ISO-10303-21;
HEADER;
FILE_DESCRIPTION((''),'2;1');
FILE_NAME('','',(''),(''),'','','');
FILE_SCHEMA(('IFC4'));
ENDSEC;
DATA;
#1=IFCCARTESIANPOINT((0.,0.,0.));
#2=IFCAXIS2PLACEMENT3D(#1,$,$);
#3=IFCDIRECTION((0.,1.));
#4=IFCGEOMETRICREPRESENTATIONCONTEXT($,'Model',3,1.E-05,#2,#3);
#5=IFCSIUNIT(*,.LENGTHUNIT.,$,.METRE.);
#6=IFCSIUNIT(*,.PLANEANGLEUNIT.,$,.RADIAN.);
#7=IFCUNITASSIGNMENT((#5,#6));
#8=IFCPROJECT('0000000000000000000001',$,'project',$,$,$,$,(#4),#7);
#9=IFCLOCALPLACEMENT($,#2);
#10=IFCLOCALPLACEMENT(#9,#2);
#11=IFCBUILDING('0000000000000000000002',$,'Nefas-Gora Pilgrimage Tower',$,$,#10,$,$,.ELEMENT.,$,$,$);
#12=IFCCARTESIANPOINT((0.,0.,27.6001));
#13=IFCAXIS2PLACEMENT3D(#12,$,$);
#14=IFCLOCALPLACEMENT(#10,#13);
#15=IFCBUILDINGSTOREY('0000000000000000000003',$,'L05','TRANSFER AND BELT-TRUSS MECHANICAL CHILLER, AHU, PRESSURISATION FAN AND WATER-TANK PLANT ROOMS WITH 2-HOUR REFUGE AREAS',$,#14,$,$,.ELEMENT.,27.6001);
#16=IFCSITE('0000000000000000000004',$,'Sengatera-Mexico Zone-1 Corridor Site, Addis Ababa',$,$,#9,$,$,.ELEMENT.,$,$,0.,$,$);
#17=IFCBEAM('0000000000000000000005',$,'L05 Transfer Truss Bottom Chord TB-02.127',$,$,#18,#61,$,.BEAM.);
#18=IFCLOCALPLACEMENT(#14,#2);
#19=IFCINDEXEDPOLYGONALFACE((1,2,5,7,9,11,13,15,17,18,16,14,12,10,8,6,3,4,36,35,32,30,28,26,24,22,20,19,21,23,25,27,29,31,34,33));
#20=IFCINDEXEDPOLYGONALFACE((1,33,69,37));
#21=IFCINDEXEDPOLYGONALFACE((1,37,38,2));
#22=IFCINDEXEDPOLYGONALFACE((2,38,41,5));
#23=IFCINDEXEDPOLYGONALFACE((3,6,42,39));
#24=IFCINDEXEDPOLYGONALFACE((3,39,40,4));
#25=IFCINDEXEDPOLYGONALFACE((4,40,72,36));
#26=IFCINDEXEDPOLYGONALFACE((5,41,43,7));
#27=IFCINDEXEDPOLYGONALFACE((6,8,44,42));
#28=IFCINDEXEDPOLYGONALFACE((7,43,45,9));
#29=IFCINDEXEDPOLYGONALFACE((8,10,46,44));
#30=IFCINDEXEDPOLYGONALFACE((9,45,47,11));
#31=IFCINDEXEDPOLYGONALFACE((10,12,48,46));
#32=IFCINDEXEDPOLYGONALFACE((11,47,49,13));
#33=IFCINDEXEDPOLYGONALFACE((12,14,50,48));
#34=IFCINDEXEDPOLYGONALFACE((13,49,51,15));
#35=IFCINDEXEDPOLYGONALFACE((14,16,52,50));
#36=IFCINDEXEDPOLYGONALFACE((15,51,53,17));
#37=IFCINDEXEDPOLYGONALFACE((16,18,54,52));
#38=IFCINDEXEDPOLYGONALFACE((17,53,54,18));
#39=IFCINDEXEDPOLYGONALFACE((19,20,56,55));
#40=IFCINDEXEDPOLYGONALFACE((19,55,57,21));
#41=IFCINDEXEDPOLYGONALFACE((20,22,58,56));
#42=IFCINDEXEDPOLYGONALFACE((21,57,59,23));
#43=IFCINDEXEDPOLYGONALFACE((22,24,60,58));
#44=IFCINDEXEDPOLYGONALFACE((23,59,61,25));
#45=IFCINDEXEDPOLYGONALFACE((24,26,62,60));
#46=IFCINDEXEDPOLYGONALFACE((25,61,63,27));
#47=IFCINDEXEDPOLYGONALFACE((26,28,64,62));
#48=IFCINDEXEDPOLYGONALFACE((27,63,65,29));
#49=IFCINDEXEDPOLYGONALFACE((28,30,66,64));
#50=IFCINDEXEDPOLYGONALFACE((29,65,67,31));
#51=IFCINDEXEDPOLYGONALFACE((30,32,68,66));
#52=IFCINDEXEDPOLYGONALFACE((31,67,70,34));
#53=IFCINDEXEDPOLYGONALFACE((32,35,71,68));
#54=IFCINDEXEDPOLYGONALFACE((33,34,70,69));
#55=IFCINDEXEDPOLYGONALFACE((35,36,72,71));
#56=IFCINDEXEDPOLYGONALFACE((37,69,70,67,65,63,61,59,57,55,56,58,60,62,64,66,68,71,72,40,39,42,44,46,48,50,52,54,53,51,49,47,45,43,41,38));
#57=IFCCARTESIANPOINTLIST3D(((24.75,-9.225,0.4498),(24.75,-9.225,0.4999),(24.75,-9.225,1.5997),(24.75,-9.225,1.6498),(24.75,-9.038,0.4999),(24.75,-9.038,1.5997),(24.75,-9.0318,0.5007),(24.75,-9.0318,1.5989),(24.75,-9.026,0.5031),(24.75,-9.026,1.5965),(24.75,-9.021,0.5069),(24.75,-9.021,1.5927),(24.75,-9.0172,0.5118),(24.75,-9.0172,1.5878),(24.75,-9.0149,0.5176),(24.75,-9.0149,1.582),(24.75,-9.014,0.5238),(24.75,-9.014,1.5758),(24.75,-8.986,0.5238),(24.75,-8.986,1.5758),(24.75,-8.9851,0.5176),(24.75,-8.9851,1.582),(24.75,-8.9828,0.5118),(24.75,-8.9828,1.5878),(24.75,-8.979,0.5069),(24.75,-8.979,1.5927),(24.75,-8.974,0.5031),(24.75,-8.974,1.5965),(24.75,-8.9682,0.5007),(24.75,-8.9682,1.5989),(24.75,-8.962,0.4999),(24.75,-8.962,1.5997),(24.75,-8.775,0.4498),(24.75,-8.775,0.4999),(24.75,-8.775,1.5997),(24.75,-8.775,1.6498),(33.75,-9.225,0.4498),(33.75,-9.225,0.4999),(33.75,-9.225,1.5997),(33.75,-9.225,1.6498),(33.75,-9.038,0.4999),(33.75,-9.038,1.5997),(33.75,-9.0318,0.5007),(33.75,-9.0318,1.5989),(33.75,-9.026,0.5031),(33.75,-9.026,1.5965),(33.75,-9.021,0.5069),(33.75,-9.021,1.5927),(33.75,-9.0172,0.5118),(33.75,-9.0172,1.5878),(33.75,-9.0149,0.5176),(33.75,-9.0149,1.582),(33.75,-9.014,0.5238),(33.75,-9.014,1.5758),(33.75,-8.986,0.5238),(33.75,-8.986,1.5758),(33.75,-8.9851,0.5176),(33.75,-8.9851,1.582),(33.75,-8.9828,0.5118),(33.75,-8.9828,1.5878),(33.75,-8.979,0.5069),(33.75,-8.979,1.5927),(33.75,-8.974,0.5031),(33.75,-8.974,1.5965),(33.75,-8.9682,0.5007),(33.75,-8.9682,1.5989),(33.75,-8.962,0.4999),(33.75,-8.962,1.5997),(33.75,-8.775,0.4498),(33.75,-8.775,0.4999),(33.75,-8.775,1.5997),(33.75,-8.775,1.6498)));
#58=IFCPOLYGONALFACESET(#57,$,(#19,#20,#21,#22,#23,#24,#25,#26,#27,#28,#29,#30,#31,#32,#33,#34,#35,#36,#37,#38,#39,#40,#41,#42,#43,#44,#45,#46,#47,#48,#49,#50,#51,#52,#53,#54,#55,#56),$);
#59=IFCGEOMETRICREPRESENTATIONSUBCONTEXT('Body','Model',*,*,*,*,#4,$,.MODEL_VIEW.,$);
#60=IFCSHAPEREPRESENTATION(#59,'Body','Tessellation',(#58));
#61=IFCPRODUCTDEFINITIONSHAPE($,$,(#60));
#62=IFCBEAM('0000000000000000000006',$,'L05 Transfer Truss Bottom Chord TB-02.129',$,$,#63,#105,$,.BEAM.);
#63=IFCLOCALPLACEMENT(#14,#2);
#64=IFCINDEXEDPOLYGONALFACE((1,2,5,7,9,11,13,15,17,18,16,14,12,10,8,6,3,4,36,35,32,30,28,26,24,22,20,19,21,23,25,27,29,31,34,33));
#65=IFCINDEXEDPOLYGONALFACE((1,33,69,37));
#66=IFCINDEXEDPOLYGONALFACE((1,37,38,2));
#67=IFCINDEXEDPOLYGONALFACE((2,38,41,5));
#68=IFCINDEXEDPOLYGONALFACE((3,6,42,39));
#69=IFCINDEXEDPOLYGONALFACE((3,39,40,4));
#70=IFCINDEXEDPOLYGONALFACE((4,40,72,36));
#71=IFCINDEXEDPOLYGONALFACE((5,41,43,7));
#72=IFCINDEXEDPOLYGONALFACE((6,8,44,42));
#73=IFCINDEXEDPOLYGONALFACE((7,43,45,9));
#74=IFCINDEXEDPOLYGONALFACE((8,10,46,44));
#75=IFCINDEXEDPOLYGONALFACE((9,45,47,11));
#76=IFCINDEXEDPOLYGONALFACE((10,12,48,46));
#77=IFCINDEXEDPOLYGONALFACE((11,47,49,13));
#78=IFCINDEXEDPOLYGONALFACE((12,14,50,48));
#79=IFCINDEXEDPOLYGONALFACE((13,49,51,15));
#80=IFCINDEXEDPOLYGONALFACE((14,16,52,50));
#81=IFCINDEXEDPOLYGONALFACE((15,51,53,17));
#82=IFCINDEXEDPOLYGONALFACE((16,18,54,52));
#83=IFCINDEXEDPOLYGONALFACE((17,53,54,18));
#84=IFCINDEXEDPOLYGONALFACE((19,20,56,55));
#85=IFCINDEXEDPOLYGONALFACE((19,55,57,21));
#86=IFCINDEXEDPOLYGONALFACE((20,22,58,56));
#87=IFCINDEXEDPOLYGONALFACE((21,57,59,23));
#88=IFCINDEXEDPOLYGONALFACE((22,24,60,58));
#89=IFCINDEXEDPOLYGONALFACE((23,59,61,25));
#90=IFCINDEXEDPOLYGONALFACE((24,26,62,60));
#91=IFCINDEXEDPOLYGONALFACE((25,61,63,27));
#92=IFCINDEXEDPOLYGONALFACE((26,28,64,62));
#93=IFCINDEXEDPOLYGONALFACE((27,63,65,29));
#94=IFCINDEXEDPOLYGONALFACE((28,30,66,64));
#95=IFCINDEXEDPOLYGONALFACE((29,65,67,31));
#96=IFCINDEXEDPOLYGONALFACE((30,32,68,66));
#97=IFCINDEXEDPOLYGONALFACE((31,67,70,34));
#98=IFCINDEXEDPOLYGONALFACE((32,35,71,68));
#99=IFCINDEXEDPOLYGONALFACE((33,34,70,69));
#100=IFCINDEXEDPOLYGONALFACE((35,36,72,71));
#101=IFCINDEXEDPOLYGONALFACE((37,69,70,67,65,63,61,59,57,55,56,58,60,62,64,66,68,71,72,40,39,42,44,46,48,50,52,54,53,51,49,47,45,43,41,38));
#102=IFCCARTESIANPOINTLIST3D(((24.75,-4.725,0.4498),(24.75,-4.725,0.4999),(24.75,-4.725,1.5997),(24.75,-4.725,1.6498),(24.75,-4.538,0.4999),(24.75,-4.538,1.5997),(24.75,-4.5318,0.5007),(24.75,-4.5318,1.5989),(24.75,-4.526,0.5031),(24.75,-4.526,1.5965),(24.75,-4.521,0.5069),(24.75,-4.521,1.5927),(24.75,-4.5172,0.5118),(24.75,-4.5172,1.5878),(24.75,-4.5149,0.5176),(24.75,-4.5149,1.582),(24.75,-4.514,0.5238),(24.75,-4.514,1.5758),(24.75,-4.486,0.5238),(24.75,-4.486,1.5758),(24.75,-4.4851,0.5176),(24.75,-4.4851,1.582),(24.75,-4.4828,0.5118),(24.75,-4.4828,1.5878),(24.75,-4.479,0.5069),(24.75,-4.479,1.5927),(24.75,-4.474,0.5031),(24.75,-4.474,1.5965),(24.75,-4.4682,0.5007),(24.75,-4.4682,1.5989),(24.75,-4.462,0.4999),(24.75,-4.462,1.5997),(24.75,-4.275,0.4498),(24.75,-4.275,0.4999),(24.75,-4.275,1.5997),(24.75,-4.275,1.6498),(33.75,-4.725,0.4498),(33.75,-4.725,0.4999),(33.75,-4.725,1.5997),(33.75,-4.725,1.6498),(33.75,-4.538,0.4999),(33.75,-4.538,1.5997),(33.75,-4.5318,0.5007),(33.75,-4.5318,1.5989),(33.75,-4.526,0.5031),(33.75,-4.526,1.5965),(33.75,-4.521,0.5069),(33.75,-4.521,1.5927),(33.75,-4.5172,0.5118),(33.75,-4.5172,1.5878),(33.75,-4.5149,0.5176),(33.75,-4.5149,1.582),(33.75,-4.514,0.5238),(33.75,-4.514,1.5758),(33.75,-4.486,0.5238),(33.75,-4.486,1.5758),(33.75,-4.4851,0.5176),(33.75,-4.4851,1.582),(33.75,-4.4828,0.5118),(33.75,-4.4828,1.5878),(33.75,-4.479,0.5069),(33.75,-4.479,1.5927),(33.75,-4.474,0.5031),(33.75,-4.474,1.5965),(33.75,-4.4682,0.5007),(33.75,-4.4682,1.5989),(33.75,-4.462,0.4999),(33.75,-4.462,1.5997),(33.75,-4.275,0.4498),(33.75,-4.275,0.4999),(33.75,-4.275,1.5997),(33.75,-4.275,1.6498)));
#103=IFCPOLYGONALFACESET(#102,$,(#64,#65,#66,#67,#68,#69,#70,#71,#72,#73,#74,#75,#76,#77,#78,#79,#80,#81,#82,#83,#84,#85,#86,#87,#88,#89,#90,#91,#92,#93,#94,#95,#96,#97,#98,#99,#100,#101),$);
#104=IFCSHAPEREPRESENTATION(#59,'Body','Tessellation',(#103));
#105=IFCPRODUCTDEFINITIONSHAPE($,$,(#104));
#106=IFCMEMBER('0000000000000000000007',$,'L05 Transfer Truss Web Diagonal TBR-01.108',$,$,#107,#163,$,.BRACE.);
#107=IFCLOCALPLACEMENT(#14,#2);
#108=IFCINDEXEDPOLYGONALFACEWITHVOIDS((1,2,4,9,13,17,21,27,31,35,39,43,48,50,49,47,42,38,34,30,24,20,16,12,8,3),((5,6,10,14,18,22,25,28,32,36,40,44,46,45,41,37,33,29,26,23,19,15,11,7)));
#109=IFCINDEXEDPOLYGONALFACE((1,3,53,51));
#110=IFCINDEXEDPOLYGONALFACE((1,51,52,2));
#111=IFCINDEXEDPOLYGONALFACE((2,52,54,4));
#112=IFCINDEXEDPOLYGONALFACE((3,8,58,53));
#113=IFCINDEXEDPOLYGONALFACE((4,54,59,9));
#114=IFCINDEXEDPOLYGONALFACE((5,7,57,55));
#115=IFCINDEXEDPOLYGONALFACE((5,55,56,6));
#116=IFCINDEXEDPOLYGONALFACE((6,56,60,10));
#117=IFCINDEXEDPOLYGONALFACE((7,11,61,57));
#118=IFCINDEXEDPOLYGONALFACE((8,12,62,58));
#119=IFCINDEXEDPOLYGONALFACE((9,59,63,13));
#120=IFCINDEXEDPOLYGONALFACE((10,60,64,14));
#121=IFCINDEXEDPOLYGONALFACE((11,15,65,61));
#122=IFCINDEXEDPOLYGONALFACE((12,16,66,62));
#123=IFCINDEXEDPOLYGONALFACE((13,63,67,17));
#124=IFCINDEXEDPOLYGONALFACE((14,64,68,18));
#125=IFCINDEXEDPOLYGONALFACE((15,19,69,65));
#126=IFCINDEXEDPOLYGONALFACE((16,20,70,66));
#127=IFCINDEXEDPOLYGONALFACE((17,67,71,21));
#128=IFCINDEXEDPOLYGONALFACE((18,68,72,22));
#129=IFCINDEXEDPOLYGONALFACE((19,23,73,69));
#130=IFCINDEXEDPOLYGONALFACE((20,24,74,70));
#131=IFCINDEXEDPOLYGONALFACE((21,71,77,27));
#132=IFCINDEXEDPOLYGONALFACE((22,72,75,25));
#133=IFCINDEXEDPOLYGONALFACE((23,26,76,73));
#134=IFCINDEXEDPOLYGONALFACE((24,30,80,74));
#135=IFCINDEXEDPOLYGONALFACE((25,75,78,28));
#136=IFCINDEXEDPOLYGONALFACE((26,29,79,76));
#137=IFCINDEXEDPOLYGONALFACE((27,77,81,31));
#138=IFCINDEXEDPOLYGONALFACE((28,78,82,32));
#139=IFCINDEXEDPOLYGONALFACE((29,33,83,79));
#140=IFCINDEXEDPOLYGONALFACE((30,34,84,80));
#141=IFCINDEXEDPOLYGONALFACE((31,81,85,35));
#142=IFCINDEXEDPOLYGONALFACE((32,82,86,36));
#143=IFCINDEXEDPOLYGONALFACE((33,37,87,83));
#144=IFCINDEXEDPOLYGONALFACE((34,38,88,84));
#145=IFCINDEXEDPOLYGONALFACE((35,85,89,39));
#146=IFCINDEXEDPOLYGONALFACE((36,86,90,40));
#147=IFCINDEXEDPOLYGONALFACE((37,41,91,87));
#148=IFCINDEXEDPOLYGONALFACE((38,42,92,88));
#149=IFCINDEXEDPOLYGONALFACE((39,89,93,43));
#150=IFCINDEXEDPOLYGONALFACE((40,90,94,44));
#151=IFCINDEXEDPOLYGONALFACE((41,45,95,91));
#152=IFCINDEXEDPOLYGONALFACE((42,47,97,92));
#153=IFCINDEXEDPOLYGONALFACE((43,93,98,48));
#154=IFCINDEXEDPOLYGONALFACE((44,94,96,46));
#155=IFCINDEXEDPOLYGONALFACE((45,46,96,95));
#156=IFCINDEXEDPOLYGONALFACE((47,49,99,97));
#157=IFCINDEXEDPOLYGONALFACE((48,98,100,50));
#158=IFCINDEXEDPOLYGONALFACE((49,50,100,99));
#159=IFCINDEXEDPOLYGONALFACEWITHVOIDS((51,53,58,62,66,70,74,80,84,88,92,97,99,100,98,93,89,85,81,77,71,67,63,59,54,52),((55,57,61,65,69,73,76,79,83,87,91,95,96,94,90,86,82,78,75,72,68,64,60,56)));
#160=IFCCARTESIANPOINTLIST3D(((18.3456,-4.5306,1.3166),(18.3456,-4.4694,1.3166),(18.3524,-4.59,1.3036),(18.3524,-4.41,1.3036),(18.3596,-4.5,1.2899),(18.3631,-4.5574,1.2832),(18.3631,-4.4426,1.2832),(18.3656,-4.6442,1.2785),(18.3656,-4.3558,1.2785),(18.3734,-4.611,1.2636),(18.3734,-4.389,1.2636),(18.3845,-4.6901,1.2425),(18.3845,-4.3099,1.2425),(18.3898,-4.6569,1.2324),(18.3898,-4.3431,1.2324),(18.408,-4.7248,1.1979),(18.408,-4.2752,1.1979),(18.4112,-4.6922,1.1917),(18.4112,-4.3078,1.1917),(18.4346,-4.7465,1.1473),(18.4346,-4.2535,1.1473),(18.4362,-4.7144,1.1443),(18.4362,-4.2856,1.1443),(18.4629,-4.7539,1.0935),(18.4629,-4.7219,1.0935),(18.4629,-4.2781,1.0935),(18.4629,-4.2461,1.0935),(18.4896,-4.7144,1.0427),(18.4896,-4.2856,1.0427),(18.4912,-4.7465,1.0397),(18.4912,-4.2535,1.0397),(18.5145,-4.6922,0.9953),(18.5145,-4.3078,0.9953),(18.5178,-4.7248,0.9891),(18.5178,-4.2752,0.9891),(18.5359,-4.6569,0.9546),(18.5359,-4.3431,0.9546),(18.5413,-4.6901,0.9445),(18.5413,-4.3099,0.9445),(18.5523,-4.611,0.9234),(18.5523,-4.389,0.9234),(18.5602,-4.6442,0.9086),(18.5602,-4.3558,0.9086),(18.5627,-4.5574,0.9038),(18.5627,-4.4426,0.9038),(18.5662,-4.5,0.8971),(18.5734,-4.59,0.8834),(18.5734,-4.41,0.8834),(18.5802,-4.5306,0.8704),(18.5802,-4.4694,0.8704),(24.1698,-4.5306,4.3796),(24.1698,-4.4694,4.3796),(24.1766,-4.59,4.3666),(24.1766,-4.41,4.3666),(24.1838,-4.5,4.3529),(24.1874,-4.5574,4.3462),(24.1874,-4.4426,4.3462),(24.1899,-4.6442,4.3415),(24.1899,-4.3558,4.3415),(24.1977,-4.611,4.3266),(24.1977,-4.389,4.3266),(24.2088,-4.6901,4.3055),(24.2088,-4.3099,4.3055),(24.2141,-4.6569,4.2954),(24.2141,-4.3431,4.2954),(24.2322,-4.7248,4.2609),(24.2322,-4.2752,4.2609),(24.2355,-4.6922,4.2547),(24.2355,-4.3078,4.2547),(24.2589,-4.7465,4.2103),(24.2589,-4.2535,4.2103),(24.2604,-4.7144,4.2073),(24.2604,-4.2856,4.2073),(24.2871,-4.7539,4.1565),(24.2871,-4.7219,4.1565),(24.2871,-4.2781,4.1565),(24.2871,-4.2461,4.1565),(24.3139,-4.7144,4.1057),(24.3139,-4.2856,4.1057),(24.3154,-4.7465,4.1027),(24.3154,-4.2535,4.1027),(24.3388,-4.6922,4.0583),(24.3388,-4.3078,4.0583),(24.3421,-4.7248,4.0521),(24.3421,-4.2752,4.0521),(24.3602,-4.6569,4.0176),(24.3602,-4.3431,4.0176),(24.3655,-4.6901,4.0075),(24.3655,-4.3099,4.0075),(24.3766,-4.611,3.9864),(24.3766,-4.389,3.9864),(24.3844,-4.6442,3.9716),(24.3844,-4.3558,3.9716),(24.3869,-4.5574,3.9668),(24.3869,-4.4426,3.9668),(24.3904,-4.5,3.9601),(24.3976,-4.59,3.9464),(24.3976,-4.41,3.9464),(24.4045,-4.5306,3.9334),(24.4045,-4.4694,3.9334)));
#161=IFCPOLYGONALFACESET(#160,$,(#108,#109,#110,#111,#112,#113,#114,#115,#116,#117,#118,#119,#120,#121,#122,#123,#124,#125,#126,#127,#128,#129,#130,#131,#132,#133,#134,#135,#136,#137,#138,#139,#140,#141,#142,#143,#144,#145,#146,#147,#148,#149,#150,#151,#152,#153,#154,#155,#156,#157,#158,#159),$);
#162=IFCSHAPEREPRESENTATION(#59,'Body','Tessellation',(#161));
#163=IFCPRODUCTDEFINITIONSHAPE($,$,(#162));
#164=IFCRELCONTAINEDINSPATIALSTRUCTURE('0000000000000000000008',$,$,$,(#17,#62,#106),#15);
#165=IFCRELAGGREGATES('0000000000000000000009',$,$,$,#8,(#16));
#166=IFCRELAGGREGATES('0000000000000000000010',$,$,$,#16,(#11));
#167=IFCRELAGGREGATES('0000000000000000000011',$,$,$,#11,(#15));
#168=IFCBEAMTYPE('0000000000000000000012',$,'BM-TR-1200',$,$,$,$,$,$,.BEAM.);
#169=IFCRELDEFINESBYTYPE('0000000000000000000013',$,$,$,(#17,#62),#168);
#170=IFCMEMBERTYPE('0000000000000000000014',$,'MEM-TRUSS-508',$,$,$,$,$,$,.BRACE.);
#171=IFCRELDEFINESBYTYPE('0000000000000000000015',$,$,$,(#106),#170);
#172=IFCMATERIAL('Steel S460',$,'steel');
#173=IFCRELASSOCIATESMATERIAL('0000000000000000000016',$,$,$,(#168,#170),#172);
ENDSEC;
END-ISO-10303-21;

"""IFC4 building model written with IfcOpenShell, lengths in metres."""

from ifc_helpers import new_model, si_unit, direction, frame, origin, origin_2d, place, context, subcontext, project, spatial, hollow_circle, i_section, extrude, source, transform, mapped, material, material_profile, profile_set, type_object, element, save


model = new_model("IFC4")

# Units and contexts
model_context = context("Model", 3, precision=1e-05, world=origin(), true_north=direction((0.0, 1.0)))
body_context = subcontext(model_context, "Body", "Model", "MODEL_VIEW")
ifc_project = project(units=[si_unit("LENGTHUNIT", "METRE"), si_unit("PLANEANGLEUNIT", "RADIAN")], contexts=[model_context])

# Site, building, storey
site_placement = place(None, origin())
site = spatial("IfcSite", under=ifc_project, at=site_placement, Name="Sengatera-Mexico Zone-1 Corridor Site, Addis Ababa", CompositionType="ELEMENT", RefElevation=0.0)
building_placement = place(site_placement, origin())
building = spatial("IfcBuilding", under=site, at=building_placement, Name="Nefas-Gora Pilgrimage Tower", CompositionType="ELEMENT")
storey_placement = place(building_placement, frame((0.0, 0.0, 27.6001)))
storey = spatial("IfcBuildingStorey", under=building, at=storey_placement, Name="L05", Description="TRANSFER AND BELT-TRUSS MECHANICAL CHILLER, AHU, PRESSURISATION FAN AND WATER-TANK PLANT ROOMS WITH 2-HOUR REFUGE AREAS", CompositionType="ELEMENT", Elevation=27.6001)

# Shared definitions
ifc_material_1 = material(Name="Steel S460", Category="steel")

# Shared definitions
ifc_material_profile_1 = material_profile(ifc_material_1, i_section(OverallWidth=0.45, OverallDepth=1.2, WebThickness=0.0281, FlangeThickness=0.05, FilletRadius=0.0239, at=origin_2d()), Name="WPG 1200x450x28x50")
ifc_profile_set_1 = profile_set([ifc_material_profile_1], Name="Steel S460")
beam_type_1 = type_object("IfcBeamType", Name="BM-TR-1200", PredefinedType="BEAM", material=ifc_profile_set_1)

# Shared definitions
ifc_material_profile_2 = material_profile(ifc_material_1, hollow_circle(Radius=0.2539, WallThickness=0.032, at=origin_2d()), Name="CHS 508x32")
ifc_profile_set_2 = profile_set([ifc_material_profile_2], Name="Steel S460")
member_type = type_object("IfcMemberType", Name="MEM-TRUSS-508", PredefinedType="BRACE", material=ifc_profile_set_2)

# Beams
shared_shape_1 = source(origin(), body_context, "Body", "SweptSolid", [
    extrude(i_section(OverallWidth=0.45, OverallDepth=1.2, WebThickness=0.0281, FlangeThickness=0.05, FilletRadius=0.0239, at=origin_2d()), origin(), (0.0, 0.0, 1.0), 9.0),
])
for number, where, z_axis, x_axis, name in (
    (1, (24.75, -9.0, 1.0498), (1.0, 0.0, 0.0), (0.0, 1.0, 0.0), "L05 Transfer Truss Bottom Chord TB-02.127"),
    (2, (24.75, -4.5, 1.0498), (1.0, 0.0, 0.0), (0.0, 1.0, 0.0), "L05 Transfer Truss Bottom Chord TB-02.129"),
):
    element("IfcBeam", number, at=place(storey_placement, frame(where, z_axis=z_axis, x_axis=x_axis)), inside=storey, type_object=beam_type_1, Name=name, PredefinedType="BEAM", context=body_context, shape_type="MappedRepresentation", body=[
        mapped(shared_shape_1, transform((0.0, 0.0, 0.0), x_axis=(1.0, 0.0, 0.0), y_axis=(0.0, 1.0, 0.0), z_axis=(0.0, 0.0, 1.0), scale=1.0)),
    ])

# Member
shared_shape_2 = source(origin(), body_context, "Body", "SweptSolid", [
    extrude(hollow_circle(Radius=0.2539, WallThickness=0.032, at=origin_2d()), origin(), (0.0, 0.0, 1.0), 6.5806),
])
for number, where, z_axis, x_axis, name in (
    (3, (18.4629, -4.5, 1.0935), (0.885068, 0.0, 0.465462), (0.0, 1.0, 0.0), "L05 Transfer Truss Web Diagonal TBR-01.108"),
):
    element("IfcMember", number, at=place(storey_placement, frame(where, z_axis=z_axis, x_axis=x_axis)), inside=storey, type_object=member_type, Name=name, PredefinedType="BRACE", context=body_context, shape_type="MappedRepresentation", body=[
        mapped(shared_shape_2, transform((0.0, 0.0, 0.0), x_axis=(1.0, 0.0, 0.0), y_axis=(0.0, 1.0, 0.0), z_axis=(0.0, 0.0, 1.0), scale=1.0)),
    ])

save(model, "model.ifc")
